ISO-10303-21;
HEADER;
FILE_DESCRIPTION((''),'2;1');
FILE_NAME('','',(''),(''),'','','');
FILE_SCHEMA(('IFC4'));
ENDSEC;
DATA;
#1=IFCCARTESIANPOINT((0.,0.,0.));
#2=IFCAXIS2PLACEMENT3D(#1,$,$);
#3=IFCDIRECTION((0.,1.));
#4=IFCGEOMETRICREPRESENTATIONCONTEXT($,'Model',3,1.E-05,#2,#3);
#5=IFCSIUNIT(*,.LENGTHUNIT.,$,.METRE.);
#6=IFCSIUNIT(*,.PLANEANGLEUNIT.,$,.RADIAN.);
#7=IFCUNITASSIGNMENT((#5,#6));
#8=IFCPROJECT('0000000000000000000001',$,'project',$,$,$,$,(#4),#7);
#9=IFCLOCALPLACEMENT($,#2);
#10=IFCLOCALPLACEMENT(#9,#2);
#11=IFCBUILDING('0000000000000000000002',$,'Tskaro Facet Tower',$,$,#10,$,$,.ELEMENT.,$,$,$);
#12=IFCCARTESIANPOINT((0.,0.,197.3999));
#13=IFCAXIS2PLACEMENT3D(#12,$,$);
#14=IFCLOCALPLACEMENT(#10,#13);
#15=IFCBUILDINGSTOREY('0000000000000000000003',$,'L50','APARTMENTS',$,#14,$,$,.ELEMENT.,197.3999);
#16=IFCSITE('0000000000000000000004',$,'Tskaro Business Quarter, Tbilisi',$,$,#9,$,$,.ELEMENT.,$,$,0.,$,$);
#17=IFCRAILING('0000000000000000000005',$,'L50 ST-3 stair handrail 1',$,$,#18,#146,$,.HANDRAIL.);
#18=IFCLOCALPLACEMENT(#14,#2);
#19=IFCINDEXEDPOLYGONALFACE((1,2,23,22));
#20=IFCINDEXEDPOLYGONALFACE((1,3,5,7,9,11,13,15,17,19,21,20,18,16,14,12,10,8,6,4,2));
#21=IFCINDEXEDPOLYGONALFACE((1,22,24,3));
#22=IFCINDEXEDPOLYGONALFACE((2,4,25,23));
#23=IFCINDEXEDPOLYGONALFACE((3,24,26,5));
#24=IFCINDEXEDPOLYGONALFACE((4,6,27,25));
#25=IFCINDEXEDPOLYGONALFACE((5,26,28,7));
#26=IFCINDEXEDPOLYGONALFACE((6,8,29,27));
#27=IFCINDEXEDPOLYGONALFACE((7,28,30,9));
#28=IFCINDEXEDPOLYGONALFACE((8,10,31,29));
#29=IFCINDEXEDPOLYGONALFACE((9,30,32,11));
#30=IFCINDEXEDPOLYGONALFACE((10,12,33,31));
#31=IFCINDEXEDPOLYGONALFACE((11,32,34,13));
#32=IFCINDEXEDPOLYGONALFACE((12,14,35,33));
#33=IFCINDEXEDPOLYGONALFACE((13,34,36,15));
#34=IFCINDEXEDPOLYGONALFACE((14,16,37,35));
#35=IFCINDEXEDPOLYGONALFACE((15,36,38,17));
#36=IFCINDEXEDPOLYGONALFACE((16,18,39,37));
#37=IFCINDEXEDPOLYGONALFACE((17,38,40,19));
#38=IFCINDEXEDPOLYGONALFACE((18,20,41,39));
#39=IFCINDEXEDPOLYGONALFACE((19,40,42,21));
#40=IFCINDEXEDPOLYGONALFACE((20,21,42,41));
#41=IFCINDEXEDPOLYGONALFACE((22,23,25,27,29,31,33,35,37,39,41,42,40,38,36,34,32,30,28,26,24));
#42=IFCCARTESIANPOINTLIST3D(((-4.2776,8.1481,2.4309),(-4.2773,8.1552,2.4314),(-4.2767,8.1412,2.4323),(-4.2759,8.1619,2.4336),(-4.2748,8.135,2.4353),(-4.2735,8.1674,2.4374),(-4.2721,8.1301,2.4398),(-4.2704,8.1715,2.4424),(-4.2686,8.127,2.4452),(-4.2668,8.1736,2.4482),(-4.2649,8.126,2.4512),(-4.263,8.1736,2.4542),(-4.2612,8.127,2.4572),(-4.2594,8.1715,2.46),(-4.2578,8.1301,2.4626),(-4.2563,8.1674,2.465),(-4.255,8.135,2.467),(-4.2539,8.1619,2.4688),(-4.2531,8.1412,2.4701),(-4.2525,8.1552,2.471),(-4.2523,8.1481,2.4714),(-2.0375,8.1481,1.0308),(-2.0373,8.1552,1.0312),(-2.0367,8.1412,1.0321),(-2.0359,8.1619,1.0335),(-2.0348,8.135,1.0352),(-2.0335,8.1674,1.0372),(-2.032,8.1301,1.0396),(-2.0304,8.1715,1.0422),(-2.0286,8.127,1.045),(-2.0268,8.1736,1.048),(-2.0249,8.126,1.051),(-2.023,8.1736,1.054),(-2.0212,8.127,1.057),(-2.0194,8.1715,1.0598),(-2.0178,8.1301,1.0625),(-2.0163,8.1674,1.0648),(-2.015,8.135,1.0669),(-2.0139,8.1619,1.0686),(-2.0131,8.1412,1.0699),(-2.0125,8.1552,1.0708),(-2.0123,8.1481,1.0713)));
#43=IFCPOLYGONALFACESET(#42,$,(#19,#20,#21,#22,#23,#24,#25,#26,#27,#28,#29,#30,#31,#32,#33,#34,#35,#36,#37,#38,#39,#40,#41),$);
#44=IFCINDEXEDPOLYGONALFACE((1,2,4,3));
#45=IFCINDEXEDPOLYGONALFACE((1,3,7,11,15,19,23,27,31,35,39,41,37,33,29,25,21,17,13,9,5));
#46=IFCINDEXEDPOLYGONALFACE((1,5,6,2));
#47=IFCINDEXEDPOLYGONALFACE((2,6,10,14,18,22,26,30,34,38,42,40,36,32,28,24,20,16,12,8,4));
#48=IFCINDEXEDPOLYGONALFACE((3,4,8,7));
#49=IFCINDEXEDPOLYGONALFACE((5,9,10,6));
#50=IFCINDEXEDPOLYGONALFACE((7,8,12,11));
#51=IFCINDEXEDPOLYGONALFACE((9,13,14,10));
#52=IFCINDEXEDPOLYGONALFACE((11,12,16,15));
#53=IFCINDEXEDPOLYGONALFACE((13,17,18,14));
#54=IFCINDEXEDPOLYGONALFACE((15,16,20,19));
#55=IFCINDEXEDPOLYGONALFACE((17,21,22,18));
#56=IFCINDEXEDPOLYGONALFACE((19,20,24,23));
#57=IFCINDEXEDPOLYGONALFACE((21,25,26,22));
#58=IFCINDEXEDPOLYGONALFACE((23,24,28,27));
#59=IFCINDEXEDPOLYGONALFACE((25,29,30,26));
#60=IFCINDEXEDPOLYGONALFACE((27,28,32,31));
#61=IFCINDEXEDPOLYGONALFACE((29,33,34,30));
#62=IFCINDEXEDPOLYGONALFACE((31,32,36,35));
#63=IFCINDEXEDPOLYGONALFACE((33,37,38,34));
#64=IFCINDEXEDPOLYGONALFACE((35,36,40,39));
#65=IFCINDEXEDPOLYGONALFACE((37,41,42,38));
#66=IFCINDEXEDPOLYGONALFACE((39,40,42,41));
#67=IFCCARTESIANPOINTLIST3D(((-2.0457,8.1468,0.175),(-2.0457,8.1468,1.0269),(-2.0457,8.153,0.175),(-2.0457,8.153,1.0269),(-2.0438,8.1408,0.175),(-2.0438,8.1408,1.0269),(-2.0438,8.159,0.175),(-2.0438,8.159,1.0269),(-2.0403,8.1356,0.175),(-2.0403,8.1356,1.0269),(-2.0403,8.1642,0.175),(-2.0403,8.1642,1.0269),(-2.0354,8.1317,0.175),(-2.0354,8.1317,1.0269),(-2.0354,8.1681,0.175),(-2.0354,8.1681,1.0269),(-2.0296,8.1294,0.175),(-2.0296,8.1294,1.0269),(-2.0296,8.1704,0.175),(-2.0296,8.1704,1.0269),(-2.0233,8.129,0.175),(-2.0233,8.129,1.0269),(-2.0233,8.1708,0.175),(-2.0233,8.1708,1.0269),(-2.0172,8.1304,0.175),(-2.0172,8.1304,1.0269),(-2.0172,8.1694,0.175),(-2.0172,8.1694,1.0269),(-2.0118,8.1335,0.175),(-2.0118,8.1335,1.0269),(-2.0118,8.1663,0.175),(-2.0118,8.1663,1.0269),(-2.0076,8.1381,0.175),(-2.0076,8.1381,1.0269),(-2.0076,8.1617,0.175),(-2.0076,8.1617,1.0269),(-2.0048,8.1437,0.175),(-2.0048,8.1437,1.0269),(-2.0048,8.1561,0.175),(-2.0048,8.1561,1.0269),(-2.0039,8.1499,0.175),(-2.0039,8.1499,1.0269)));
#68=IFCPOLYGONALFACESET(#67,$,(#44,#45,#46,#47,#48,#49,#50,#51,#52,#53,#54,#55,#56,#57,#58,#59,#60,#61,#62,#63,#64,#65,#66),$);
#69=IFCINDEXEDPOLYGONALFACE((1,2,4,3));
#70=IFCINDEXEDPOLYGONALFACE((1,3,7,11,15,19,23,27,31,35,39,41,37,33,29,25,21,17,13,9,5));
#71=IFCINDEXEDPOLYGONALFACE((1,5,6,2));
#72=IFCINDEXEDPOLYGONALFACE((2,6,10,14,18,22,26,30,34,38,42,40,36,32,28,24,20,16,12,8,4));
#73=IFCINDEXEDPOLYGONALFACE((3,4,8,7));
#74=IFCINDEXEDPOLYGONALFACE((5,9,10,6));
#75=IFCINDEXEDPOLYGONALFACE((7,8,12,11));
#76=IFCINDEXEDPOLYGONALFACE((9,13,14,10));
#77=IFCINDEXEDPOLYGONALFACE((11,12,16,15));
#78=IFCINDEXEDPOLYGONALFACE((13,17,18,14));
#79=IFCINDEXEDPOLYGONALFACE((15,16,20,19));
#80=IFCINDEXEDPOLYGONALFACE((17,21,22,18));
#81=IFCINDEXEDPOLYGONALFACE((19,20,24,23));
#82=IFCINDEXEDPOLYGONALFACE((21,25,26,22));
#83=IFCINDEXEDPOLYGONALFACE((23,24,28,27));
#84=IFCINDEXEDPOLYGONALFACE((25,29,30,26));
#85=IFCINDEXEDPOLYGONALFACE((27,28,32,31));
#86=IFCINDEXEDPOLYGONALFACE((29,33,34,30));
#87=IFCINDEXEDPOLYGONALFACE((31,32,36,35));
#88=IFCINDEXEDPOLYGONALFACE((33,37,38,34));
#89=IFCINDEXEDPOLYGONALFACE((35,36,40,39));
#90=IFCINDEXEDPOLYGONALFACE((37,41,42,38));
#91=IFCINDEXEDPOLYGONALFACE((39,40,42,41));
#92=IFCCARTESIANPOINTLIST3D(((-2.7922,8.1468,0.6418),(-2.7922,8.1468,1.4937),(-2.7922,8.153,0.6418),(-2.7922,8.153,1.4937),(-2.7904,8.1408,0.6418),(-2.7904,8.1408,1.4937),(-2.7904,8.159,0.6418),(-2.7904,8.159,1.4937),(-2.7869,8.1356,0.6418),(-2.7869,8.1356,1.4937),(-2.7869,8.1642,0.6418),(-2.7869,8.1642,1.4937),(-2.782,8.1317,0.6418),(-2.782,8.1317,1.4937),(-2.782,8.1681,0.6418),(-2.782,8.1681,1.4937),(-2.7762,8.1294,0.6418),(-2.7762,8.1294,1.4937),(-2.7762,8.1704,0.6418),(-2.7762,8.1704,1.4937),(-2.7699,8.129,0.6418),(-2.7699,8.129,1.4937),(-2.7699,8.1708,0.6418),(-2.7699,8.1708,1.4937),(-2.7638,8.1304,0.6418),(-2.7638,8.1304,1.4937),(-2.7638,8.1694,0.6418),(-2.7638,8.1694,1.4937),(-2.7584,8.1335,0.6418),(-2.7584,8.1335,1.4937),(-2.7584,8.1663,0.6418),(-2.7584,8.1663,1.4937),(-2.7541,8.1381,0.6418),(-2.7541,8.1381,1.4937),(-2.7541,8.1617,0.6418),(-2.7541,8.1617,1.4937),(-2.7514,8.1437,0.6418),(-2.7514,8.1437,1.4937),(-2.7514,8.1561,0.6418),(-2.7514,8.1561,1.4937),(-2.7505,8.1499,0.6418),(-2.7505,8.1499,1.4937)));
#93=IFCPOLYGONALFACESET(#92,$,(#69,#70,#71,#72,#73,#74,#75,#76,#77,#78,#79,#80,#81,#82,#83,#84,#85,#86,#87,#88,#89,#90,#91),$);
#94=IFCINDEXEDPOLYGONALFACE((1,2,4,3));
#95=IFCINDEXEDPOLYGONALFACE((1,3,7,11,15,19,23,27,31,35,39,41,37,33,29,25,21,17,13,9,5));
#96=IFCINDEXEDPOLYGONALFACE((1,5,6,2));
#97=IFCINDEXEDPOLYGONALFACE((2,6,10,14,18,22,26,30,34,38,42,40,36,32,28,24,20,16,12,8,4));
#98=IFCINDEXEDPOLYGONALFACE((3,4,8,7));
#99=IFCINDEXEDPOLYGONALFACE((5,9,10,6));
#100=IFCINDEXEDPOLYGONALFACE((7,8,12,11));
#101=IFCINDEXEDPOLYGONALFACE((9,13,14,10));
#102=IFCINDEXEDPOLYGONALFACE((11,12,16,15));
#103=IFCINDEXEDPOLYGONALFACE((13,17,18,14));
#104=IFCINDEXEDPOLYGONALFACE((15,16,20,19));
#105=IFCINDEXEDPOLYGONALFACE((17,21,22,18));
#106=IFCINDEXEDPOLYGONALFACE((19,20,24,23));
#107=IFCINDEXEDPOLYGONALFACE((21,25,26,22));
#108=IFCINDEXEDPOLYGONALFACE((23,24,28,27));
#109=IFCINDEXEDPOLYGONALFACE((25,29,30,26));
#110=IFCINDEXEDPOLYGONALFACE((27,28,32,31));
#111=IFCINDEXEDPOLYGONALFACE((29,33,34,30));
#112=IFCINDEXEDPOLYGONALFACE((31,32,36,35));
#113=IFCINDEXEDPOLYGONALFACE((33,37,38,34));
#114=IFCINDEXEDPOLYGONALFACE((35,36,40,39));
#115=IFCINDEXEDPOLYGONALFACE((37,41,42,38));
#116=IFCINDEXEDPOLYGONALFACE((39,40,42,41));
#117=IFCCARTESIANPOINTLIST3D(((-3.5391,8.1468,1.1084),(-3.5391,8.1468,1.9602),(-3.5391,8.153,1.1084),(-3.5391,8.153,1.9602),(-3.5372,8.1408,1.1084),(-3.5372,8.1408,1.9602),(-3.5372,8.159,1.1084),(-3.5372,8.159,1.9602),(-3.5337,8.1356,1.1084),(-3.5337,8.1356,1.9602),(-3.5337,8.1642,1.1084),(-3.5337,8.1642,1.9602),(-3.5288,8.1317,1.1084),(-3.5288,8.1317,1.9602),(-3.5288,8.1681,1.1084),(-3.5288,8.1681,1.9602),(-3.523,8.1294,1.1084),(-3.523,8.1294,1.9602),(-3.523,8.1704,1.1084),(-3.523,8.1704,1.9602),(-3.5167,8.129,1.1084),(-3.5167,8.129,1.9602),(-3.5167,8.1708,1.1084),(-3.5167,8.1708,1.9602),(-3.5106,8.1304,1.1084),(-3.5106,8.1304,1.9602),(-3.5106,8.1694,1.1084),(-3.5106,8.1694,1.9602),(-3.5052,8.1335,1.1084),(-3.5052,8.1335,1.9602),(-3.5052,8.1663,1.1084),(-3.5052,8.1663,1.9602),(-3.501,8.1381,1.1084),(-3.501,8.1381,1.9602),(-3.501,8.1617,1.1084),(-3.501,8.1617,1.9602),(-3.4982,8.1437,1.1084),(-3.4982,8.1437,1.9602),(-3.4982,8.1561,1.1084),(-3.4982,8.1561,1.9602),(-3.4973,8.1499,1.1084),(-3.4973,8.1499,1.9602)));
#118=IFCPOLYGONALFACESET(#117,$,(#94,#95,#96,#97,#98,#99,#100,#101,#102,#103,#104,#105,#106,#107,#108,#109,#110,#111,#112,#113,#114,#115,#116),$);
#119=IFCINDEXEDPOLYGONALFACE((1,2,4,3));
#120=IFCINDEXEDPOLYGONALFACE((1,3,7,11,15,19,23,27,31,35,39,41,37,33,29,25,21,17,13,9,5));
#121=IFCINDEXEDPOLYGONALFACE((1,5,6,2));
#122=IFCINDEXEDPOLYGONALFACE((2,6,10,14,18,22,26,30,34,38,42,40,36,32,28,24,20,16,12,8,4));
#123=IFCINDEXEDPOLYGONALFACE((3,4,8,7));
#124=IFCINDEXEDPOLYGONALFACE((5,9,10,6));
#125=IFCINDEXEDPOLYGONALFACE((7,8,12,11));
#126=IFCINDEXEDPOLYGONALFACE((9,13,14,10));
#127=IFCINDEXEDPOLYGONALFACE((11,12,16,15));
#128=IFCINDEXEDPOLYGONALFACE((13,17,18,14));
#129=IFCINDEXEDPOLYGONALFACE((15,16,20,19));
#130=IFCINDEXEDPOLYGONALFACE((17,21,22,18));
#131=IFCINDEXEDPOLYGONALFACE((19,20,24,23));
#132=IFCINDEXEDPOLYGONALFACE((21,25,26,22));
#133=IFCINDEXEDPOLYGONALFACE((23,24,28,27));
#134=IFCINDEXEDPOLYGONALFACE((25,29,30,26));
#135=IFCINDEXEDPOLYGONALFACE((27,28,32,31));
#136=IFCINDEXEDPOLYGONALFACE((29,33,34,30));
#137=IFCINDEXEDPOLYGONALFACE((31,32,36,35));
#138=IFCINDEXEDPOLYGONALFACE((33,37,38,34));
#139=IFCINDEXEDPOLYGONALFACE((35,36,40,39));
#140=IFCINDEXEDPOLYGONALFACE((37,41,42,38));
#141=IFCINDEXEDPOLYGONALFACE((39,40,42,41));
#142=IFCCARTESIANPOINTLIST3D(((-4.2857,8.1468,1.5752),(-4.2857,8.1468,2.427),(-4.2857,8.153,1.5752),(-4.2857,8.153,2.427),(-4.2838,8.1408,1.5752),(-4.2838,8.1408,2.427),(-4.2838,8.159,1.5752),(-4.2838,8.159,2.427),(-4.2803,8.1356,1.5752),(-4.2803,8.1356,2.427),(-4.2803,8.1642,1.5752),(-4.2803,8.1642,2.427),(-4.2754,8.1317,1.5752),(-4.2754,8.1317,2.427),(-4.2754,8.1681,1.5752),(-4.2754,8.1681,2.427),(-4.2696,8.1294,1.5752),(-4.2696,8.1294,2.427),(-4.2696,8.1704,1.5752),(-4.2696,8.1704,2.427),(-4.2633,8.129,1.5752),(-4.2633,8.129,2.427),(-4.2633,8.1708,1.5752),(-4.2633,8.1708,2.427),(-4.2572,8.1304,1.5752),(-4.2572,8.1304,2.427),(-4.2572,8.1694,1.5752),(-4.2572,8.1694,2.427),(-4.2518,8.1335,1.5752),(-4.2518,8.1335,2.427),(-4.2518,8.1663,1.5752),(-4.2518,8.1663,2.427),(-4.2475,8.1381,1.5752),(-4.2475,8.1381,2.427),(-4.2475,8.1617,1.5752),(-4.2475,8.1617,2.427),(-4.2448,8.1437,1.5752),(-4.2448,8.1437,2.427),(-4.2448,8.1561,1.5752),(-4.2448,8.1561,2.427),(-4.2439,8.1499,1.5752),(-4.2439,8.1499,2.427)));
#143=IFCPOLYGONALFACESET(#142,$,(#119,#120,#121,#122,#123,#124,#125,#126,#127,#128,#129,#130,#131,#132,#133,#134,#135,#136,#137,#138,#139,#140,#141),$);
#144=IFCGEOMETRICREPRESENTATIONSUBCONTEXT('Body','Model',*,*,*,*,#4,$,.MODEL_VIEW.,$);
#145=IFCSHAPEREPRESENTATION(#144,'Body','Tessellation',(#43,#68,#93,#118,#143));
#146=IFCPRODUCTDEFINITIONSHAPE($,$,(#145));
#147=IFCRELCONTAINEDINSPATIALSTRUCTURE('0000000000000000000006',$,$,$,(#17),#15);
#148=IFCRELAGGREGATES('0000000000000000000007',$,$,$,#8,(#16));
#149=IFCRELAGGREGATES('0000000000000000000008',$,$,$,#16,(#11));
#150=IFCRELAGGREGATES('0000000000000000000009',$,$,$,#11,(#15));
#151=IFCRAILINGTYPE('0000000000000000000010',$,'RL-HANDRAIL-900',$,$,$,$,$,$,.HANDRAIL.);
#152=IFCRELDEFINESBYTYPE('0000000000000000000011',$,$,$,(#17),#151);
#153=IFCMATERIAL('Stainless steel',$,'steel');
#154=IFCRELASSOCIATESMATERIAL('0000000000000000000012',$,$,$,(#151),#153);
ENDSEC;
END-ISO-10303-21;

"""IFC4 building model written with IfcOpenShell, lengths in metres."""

from ifc_helpers import new_model, si_unit, direction, frame, origin, origin_2d, place, context, subcontext, project, spatial, circle, extrude, material, type_object, element, save


model = new_model("IFC4")

# Units and contexts
model_context = context("Model", 3, precision=1e-05, world=origin(), true_north=direction((0.0, 1.0)))
body_context = subcontext(model_context, "Body", "Model", "MODEL_VIEW")
ifc_project = project(units=[si_unit("LENGTHUNIT", "METRE"), si_unit("PLANEANGLEUNIT", "RADIAN")], contexts=[model_context])

# Site, building, storey
site_placement = place(None, origin())
site = spatial("IfcSite", under=ifc_project, at=site_placement, Name="Tskaro Business Quarter, Tbilisi", CompositionType="ELEMENT", RefElevation=0.0)
building_placement = place(site_placement, origin())
building = spatial("IfcBuilding", under=site, at=building_placement, Name="Tskaro Facet Tower", CompositionType="ELEMENT")
storey_placement = place(building_placement, frame((0.0, 0.0, 197.3999)))
storey = spatial("IfcBuildingStorey", under=building, at=storey_placement, Name="L50", Description="APARTMENTS", CompositionType="ELEMENT", Elevation=197.3999)

# Railing
ifc_material_1 = material(Name="Stainless steel", Category="steel")
railing_type_1 = type_object("IfcRailingType", Name="RL-HANDRAIL-900", PredefinedType="HANDRAIL", material=ifc_material_1)
railing_1_placement = place(storey_placement, frame((-2.0249, 8.1499, 0.175)))
element("IfcRailing", 1, at=railing_1_placement, inside=storey, type_object=railing_type_1, Name="L50 ST-3 stair handrail 1", PredefinedType="HANDRAIL", context=body_context, shape_type="SweptSolid", body=[
    extrude(circle(Radius=0.0239, at=origin_2d()), frame((0.0, 0.0, 0.876), z_axis=(-0.847972, 0.0, 0.53004), x_axis=(0.0, -1.0, 0.0)), (0.0, 0.0, 1.0), 2.6416),
    extrude(circle(Radius=0.021, at=origin_2d()), origin(), (0.0, 0.0, 1.0), 0.8518),
    extrude(circle(Radius=0.021, at=origin_2d()), frame((-0.7466, 0.0, 0.4668)), (0.0, 0.0, 1.0), 0.8518),
    extrude(circle(Radius=0.021, at=origin_2d()), frame((-1.4934, 0.0, 0.9333)), (0.0, 0.0, 1.0), 0.8518),
    extrude(circle(Radius=0.021, at=origin_2d()), frame((-2.24, 0.0, 1.4001)), (0.0, 0.0, 1.0), 0.8518),
])

save(model, "model.ifc")
